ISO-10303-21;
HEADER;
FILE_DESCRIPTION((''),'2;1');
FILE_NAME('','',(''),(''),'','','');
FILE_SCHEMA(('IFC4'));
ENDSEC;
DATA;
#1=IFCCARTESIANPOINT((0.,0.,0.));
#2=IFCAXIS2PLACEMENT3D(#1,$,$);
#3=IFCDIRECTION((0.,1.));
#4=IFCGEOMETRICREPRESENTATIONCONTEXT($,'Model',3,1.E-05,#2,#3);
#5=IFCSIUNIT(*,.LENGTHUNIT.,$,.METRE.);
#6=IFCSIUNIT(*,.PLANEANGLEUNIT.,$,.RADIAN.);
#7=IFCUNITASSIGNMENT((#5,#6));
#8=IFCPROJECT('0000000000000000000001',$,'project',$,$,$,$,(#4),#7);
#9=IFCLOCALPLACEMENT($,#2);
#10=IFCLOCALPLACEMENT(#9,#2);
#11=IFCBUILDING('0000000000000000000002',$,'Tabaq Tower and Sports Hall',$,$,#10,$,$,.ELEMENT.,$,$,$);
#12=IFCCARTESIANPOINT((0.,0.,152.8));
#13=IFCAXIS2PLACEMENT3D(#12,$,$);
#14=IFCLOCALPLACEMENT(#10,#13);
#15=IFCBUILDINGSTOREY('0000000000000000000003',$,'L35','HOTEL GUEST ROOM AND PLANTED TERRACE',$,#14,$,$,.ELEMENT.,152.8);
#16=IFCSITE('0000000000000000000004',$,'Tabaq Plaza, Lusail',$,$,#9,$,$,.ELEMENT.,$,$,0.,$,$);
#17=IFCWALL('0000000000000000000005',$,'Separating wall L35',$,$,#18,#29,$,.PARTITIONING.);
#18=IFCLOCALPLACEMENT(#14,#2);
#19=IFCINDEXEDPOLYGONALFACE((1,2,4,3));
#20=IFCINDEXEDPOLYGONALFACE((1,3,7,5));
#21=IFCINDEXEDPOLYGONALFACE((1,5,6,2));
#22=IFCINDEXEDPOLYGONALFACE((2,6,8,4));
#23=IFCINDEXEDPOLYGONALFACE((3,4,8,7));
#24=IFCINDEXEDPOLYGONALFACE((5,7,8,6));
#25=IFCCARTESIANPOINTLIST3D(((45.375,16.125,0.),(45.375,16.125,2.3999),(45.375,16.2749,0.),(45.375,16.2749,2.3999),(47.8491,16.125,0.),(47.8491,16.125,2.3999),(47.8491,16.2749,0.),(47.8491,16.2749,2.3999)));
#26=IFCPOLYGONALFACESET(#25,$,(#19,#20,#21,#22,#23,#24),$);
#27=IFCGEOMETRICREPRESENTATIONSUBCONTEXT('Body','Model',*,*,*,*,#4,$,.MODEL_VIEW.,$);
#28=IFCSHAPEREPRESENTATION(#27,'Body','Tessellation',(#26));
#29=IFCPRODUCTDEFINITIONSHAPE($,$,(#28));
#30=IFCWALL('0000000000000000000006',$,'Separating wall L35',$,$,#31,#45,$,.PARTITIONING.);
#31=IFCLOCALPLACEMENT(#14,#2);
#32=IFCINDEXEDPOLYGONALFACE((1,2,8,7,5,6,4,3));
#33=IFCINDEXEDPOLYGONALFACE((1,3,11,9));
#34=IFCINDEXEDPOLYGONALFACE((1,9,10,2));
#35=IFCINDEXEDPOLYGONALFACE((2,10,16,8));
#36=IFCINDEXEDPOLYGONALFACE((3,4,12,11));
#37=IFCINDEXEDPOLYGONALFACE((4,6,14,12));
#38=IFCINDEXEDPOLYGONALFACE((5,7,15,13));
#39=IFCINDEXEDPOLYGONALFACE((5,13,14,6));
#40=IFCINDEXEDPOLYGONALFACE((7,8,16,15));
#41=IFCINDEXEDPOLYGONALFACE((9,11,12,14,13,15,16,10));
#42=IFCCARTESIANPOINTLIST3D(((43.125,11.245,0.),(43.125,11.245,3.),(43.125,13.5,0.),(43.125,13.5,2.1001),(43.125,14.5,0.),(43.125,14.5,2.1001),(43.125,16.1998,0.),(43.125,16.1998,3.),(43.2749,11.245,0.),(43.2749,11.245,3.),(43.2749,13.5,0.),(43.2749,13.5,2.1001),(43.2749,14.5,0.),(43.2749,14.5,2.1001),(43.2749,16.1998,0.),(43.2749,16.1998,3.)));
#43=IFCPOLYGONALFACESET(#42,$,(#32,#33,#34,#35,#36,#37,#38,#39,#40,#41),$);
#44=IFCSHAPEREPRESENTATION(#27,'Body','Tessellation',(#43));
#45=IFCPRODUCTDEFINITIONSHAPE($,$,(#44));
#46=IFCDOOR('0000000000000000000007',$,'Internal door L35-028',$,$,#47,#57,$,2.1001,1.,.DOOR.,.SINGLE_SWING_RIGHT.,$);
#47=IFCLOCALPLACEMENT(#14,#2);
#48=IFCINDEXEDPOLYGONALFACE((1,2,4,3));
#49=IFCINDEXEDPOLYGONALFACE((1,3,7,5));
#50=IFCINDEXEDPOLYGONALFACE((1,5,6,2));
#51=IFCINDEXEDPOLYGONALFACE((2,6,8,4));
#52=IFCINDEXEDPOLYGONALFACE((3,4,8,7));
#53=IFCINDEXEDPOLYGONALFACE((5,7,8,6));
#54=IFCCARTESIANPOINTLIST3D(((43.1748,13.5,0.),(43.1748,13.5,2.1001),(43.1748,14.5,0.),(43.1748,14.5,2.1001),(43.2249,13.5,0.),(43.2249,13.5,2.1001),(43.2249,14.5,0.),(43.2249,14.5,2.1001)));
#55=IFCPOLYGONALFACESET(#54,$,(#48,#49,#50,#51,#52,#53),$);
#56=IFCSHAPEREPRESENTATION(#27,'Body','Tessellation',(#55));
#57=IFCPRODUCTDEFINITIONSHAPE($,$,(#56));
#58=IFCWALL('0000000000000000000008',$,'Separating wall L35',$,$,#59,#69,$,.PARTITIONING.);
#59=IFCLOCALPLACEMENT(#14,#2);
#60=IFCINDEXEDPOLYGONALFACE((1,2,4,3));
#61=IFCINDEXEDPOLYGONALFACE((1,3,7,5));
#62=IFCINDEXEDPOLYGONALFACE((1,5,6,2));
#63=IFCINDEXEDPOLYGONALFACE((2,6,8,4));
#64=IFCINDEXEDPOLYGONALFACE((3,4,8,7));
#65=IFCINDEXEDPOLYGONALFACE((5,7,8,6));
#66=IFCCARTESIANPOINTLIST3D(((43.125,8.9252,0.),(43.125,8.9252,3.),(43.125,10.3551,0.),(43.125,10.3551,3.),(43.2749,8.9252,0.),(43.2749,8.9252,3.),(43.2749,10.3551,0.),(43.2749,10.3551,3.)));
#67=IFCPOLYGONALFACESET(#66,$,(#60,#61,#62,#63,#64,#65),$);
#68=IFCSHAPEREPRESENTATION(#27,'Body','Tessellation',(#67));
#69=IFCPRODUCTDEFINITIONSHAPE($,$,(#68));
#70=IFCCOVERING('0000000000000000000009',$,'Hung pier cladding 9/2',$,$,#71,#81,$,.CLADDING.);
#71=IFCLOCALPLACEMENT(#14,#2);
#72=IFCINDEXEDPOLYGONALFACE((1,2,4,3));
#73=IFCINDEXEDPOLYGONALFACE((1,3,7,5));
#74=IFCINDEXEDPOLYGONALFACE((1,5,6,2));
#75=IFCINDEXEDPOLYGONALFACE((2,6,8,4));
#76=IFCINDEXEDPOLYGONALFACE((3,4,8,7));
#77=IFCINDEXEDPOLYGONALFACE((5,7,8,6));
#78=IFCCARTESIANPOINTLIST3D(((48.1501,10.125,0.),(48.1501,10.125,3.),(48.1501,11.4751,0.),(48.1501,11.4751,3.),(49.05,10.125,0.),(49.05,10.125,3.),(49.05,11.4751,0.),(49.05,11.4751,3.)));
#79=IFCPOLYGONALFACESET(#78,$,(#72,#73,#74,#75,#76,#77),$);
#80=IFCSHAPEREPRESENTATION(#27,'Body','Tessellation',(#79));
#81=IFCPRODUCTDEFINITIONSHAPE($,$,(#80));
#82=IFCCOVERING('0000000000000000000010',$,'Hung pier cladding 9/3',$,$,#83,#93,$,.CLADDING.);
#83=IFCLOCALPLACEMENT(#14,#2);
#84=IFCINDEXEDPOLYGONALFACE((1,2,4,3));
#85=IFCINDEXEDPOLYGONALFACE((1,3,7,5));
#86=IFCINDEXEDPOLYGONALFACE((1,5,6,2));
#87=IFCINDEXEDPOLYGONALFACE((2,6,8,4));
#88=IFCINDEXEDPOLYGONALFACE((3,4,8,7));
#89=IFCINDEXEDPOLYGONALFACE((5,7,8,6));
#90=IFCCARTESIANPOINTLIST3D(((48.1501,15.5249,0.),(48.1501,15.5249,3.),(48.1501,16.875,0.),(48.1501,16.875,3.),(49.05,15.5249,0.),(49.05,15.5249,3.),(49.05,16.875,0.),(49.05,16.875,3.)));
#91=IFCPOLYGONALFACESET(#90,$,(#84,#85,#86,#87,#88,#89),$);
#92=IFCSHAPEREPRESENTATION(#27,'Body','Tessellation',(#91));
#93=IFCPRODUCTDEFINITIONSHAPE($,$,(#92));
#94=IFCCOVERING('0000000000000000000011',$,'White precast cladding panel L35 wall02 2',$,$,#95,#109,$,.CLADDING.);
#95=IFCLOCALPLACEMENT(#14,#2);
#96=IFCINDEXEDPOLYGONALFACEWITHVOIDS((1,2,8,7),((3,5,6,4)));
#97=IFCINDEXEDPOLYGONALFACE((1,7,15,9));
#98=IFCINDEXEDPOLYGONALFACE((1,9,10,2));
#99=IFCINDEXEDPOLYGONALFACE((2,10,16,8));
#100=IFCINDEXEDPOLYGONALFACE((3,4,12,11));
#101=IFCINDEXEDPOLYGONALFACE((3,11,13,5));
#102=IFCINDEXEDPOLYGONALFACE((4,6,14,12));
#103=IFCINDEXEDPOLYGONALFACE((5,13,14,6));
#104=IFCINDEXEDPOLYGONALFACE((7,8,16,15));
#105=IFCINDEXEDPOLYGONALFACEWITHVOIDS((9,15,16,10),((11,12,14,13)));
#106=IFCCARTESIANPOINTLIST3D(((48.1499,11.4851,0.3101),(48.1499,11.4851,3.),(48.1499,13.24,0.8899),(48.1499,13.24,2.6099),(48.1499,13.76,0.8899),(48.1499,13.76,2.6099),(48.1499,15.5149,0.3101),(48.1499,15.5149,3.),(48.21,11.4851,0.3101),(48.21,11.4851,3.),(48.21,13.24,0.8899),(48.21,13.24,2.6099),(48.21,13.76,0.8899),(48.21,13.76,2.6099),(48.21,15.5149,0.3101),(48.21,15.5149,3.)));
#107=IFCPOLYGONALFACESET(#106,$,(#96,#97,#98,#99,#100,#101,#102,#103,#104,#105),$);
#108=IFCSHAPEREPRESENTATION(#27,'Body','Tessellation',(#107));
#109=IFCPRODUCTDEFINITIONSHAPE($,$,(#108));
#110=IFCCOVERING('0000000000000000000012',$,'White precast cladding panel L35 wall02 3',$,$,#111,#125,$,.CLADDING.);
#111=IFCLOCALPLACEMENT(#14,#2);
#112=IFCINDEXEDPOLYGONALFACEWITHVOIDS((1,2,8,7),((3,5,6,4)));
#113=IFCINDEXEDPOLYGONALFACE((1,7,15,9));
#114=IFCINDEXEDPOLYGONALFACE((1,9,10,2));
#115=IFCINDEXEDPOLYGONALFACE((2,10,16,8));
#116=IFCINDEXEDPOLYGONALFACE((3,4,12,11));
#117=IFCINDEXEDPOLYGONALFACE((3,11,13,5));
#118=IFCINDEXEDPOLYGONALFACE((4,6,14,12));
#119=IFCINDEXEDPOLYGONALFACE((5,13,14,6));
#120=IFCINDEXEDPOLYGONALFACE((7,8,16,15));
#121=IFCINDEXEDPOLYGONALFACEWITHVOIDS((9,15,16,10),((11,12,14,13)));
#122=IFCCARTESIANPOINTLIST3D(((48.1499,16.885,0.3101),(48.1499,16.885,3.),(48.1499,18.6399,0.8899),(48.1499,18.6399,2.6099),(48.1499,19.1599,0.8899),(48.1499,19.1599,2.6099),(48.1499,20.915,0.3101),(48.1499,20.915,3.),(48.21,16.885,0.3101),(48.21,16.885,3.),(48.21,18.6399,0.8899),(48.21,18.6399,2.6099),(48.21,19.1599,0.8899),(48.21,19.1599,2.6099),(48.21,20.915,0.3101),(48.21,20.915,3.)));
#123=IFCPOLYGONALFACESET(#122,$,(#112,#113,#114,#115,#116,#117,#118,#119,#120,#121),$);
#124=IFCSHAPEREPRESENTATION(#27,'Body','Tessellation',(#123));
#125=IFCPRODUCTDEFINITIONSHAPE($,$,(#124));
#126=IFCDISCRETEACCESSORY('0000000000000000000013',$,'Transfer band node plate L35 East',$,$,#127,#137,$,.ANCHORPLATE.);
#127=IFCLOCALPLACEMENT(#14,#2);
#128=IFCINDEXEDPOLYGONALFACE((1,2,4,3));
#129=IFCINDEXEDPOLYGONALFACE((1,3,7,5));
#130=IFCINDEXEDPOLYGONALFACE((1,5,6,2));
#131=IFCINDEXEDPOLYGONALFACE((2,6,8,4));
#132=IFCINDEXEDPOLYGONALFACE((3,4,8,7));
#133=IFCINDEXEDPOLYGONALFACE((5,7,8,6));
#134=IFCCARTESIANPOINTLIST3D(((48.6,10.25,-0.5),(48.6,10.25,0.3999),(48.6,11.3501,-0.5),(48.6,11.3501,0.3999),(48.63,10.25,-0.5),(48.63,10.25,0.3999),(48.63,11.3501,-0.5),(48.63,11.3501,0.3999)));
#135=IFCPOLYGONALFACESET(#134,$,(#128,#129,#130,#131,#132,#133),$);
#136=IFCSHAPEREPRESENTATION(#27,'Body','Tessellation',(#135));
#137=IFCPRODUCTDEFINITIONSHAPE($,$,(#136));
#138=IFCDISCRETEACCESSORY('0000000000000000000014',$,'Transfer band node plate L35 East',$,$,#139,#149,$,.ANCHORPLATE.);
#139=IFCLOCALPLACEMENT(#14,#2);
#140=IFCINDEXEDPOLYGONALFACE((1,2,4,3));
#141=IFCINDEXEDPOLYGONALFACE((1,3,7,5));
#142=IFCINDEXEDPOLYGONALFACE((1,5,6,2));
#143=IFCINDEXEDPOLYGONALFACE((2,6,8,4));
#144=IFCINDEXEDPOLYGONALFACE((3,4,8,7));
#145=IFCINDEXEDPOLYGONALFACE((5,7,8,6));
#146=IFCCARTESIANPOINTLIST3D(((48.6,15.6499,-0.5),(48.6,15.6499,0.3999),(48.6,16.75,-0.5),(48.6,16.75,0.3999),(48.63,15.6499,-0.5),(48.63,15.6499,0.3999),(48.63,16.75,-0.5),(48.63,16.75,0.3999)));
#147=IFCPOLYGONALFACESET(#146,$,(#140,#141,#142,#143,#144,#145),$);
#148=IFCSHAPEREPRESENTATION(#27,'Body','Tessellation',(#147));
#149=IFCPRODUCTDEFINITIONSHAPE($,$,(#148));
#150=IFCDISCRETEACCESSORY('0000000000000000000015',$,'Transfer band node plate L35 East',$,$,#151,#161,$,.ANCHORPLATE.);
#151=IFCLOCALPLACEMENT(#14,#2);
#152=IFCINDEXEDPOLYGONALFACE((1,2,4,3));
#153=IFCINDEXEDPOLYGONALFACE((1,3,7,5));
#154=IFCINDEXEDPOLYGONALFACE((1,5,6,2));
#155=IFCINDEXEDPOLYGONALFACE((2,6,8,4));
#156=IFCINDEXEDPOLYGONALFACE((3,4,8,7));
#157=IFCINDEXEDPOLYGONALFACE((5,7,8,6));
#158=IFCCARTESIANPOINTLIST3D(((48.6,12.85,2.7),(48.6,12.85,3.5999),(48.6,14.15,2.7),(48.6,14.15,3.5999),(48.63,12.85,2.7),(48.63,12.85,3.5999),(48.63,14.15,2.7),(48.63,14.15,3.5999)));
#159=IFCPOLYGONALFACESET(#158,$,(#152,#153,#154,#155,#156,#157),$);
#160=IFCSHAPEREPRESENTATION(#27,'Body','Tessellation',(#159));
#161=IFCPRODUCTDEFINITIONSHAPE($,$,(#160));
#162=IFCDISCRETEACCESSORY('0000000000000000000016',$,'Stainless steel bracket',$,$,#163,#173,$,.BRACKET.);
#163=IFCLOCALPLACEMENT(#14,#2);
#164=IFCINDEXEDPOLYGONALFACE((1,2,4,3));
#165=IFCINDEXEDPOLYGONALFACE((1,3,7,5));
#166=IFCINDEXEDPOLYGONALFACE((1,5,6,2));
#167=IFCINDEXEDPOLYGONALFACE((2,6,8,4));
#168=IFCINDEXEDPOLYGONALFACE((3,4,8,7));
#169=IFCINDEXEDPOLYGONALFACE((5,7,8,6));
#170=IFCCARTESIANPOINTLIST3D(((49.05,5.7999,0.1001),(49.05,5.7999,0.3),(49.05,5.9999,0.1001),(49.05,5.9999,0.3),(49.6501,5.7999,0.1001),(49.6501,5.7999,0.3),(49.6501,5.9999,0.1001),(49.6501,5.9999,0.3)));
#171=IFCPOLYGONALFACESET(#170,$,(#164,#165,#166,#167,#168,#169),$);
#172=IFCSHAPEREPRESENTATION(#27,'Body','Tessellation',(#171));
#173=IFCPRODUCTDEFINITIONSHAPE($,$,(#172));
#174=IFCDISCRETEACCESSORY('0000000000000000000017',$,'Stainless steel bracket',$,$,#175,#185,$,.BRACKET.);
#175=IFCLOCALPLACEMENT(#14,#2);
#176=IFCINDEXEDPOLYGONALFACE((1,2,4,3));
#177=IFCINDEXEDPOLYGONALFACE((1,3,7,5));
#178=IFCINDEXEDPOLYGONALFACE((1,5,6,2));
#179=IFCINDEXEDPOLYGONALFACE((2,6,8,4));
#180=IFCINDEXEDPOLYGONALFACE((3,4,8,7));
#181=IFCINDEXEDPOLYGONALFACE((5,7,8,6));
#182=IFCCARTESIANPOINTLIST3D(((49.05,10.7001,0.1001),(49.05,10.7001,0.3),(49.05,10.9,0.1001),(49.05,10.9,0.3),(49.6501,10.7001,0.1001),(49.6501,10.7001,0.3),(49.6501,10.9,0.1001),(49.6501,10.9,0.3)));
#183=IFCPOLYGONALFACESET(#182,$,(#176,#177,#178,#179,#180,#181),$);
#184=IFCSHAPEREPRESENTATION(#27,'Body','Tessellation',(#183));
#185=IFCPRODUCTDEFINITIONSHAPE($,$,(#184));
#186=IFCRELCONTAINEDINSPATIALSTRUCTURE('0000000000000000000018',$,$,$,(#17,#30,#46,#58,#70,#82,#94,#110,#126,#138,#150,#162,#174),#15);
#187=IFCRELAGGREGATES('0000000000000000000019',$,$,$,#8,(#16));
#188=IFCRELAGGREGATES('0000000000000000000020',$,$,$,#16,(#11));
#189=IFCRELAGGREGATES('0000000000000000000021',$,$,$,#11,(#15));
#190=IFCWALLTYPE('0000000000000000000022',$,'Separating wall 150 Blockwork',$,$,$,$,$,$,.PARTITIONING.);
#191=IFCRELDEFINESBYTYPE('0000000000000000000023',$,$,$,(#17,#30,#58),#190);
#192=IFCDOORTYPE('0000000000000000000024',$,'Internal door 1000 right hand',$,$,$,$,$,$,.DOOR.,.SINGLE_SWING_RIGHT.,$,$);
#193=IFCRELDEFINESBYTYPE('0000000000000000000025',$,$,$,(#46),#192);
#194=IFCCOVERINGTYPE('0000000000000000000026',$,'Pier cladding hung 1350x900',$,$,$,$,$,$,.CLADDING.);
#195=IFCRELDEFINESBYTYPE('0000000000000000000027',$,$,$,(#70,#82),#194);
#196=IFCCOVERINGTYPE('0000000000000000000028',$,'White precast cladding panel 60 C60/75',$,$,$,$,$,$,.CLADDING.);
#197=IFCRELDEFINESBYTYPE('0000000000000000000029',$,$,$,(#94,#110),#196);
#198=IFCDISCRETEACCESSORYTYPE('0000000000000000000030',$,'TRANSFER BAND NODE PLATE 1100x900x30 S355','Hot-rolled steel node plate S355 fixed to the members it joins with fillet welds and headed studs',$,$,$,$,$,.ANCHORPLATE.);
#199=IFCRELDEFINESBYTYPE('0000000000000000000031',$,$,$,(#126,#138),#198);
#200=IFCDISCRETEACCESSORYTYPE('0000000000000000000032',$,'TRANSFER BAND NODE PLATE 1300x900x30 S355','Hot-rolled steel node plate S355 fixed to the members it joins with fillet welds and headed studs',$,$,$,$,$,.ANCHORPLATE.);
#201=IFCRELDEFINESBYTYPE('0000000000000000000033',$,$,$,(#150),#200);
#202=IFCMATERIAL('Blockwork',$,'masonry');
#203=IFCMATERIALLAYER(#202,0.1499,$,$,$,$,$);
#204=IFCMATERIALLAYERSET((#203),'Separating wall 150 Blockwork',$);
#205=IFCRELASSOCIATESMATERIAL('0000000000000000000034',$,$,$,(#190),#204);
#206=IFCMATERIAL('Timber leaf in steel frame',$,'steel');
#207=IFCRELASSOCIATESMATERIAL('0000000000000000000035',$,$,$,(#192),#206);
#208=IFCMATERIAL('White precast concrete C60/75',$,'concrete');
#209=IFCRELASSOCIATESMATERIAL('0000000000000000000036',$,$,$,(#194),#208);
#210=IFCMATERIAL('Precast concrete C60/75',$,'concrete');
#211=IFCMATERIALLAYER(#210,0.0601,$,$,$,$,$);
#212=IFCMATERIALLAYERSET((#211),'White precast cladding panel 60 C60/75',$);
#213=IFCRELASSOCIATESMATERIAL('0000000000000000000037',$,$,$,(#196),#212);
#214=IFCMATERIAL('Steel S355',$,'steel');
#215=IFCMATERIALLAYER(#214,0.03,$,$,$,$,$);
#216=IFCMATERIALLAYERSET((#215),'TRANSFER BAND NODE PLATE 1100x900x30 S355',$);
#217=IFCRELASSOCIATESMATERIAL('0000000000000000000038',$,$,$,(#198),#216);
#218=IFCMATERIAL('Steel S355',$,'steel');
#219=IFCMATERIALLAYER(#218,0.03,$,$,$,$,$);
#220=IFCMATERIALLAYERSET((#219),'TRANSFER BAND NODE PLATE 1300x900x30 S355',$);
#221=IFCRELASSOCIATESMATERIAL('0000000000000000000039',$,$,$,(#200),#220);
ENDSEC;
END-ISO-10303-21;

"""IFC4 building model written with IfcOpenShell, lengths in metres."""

from ifc_helpers import new_model, si_unit, direction, frame, frame_2d, origin, origin_2d, place, context, subcontext, project, spatial, polyline, rectangle, outline, extrude, material, layer, layer_set, type_object, element, fill, save


model = new_model("IFC4")

# Units and contexts
model_context = context("Model", 3, precision=1e-05, world=origin(), true_north=direction((0.0, 1.0)))
body_context = subcontext(model_context, "Body", "Model", "MODEL_VIEW")
ifc_project = project(units=[si_unit("LENGTHUNIT", "METRE"), si_unit("PLANEANGLEUNIT", "RADIAN")], contexts=[model_context])

# Site, building, storey
site_placement = place(None, origin())
site = spatial("IfcSite", under=ifc_project, at=site_placement, Name="Tabaq Plaza, Lusail", CompositionType="ELEMENT", RefElevation=0.0)
building_placement = place(site_placement, origin())
building = spatial("IfcBuilding", under=site, at=building_placement, Name="Tabaq Tower and Sports Hall", CompositionType="ELEMENT")
storey_placement = place(building_placement, frame((0.0, 0.0, 152.8)))
storey = spatial("IfcBuildingStorey", under=building, at=storey_placement, Name="L35", Description="HOTEL GUEST ROOM AND PLANTED TERRACE", CompositionType="ELEMENT", Elevation=152.8)

# Wall
ifc_material_1 = material(Name="Blockwork", Category="masonry")
ifc_layer_1 = layer(ifc_material_1, 0.1499)
ifc_layer_set_1 = layer_set([ifc_layer_1], Name="Separating wall 150 Blockwork")
wall_type_1 = type_object("IfcWallType", Name="Separating wall 150 Blockwork", PredefinedType="PARTITIONING", material=ifc_layer_set_1)
wall_1_placement = place(storey_placement, frame((47.8491, 16.2, 0.0), z_axis=(0.0, 0.0, 1.0), x_axis=(-1.0, 0.0, 0.0)))
element("IfcWall", 1, at=wall_1_placement, inside=storey, type_object=wall_type_1, Name="Separating wall L35", PredefinedType="PARTITIONING", context=body_context, shape_type="SweptSolid", body=[
    extrude(rectangle(XDim=2.4741, YDim=0.1499, at=frame_2d((1.2371, 0.0))), origin(), (0.0, 0.0, 1.0), 2.3999),
])

# Wall, opening, door
wall_2_placement = place(storey_placement, frame((43.2, 16.2, 0.0), z_axis=(0.0, 0.0, 1.0), x_axis=(0.0, -1.0, 0.0)))
wall_2 = element("IfcWall", 2, at=wall_2_placement, inside=storey, type_object=wall_type_1, Name="Separating wall L35", PredefinedType="PARTITIONING", context=body_context, shape_type="SweptSolid", body=[
    extrude(rectangle(XDim=4.9548, YDim=0.1499, at=frame_2d((2.4775, 0.0))), origin(), (0.0, 0.0, 1.0), 3.0),
])
opening_1_placement = place(wall_2_placement, frame((1.7, 0.0, 0.0)))
opening_1 = element("IfcOpeningElement", 3, at=opening_1_placement, cuts=wall_2, PredefinedType="OPENING", context=body_context, shape_type="SweptSolid", body=[
    extrude(rectangle(XDim=1.0, YDim=2.1001, at=frame_2d((0.5, 1.05))), frame((0.0, 0.075, 0.0), z_axis=(0.0, -1.0, 0.0), x_axis=(1.0, 0.0, 0.0)), (0.0, 0.0, 1.0), 0.1499),
])
ifc_material_2 = material(Name="Timber leaf in steel frame", Category="steel")
door_type_1 = type_object("IfcDoorType", Name="Internal door 1000 right hand", OperationType="SINGLE_SWING_RIGHT", PredefinedType="DOOR", material=ifc_material_2)
door_1_placement = place(opening_1_placement, origin())
door_1 = element("IfcDoor", 4, at=door_1_placement, inside=storey, type_object=door_type_1, Name="Internal door L35-028", OperationType="SINGLE_SWING_RIGHT", OverallHeight=2.1001, OverallWidth=1.0, PredefinedType="DOOR", context=body_context, shape_type="SweptSolid", body=[
    extrude(rectangle(XDim=1.0, YDim=2.1001, at=frame_2d((0.5, 1.05))), frame((0.0, 0.0249, 0.0), z_axis=(0.0, -1.0, 0.0), x_axis=(1.0, 0.0, 0.0)), (0.0, 0.0, 1.0), 0.05),
])
fill(opening_1, door_1)

# Wall
wall_3_placement = place(storey_placement, frame((43.2, 10.355, 0.0), z_axis=(0.0, 0.0, 1.0), x_axis=(0.0, -1.0, 0.0)))
element("IfcWall", 5, at=wall_3_placement, inside=storey, type_object=wall_type_1, Name="Separating wall L35", PredefinedType="PARTITIONING", context=body_context, shape_type="SweptSolid", body=[
    extrude(rectangle(XDim=1.4299, YDim=0.1499, at=frame_2d((0.7148, 0.0))), origin(), (0.0, 0.0, 1.0), 3.0),
])

# Coverings
ifc_material_3 = material(Name="White precast concrete C60/75", Category="concrete")
covering_type_1 = type_object("IfcCoveringType", Name="Pier cladding hung 1350x900", PredefinedType="CLADDING", material=ifc_material_3)
for number, where, z_axis, x_axis, name in (
    (6, (48.6001, 10.125, 0.0), (0.0, 0.0, 1.0), (0.0, 1.0, 0.0), "Hung pier cladding 9/2"),
    (7, (48.6001, 15.5249, 0.0), (0.0, 0.0, 1.0), (0.0, 1.0, 0.0), "Hung pier cladding 9/3"),
):
    element("IfcCovering", number, at=place(storey_placement, frame(where, z_axis=z_axis, x_axis=x_axis)), inside=storey, type_object=covering_type_1, Name=name, PredefinedType="CLADDING", context=body_context, shape_type="SweptSolid", body=[
        extrude(rectangle(XDim=1.3501, YDim=0.8999, at=frame_2d((0.675, 0.0))), origin(), (0.0, 0.0, 1.0), 3.0),
    ])
ifc_material_4 = material(Name="Precast concrete C60/75", Category="concrete")
ifc_layer_2 = layer(ifc_material_4, 0.0601)
ifc_layer_set_2 = layer_set([ifc_layer_2], Name="White precast cladding panel 60 C60/75")
covering_type_2 = type_object("IfcCoveringType", Name="White precast cladding panel 60 C60/75", PredefinedType="CLADDING", material=ifc_layer_set_2)
covering_1_placement = place(storey_placement, frame((48.1799, 11.4851, 0.3101), z_axis=(0.0, 0.0, 1.0), x_axis=(0.0, 1.0, 0.0)))
element("IfcCovering", 8, at=covering_1_placement, inside=storey, type_object=covering_type_2, Name="White precast cladding panel L35 wall02 2", PredefinedType="CLADDING", context=body_context, shape_type="SweptSolid", body=[
    extrude(outline(polyline([(0.0, 0.0), (4.0298, 0.0), (4.0298, 2.6899), (0.0, 2.6899), (0.0, 0.0)]), holes=[polyline([(1.7549, 0.5798), (1.7549, 2.2998), (2.2749, 2.2998), (2.2749, 0.5798), (1.7549, 0.5798)])]), frame((0.0, 0.03, 0.0), z_axis=(0.0, -1.0, 0.0), x_axis=(1.0, 0.0, 0.0)), (0.0, 0.0, 1.0), 0.0601),
])
covering_2_placement = place(storey_placement, frame((48.1799, 16.885, 0.3101), z_axis=(0.0, 0.0, 1.0), x_axis=(0.0, 1.0, 0.0)))
element("IfcCovering", 9, at=covering_2_placement, inside=storey, type_object=covering_type_2, Name="White precast cladding panel L35 wall02 3", PredefinedType="CLADDING", context=body_context, shape_type="SweptSolid", body=[
    extrude(outline(polyline([(0.0, 0.0), (4.03, 0.0), (4.03, 2.6899), (0.0, 2.6899), (0.0, 0.0)]), holes=[polyline([(1.7549, 0.5798), (1.7549, 2.2998), (2.2749, 2.2998), (2.2749, 0.5798), (1.7549, 0.5798)])]), frame((0.0, 0.03, 0.0), z_axis=(0.0, -1.0, 0.0), x_axis=(1.0, 0.0, 0.0)), (0.0, 0.0, 1.0), 0.0601),
])

# Discrete accessories
ifc_material_5 = material(Name="Steel S355", Category="steel")
ifc_layer_3 = layer(ifc_material_5, 0.03)
ifc_layer_set_3 = layer_set([ifc_layer_3], Name="TRANSFER BAND NODE PLATE 1100x900x30 S355")
discrete_accessory_type_1 = type_object("IfcDiscreteAccessoryType", Name="TRANSFER BAND NODE PLATE 1100x900x30 S355", Description="Hot-rolled steel node plate S355 fixed to the members it joins with fillet welds and headed studs", PredefinedType="ANCHORPLATE", material=ifc_layer_set_3)
for number, where, z_axis, x_axis, name in (
    (10, (48.615, 10.8, -0.5), (0.0, 0.0, 1.0), (0.0, 1.0, 0.0), "Transfer band node plate L35 East"),
    (11, (48.615, 16.2, -0.5), (0.0, 0.0, 1.0), (0.0, 1.0, 0.0), "Transfer band node plate L35 East"),
):
    element("IfcDiscreteAccessory", number, at=place(storey_placement, frame(where, z_axis=z_axis, x_axis=x_axis)), inside=storey, type_object=discrete_accessory_type_1, Name=name, PredefinedType="ANCHORPLATE", context=body_context, shape_type="SweptSolid", body=[
        extrude(rectangle(XDim=1.1001, YDim=0.03, at=origin_2d()), origin(), (0.0, 0.0, 1.0), 0.8999),
    ])
ifc_material_6 = material(Name="Steel S355", Category="steel")
ifc_layer_4 = layer(ifc_material_6, 0.03)
ifc_layer_set_4 = layer_set([ifc_layer_4], Name="TRANSFER BAND NODE PLATE 1300x900x30 S355")
discrete_accessory_type_2 = type_object("IfcDiscreteAccessoryType", Name="TRANSFER BAND NODE PLATE 1300x900x30 S355", Description="Hot-rolled steel node plate S355 fixed to the members it joins with fillet welds and headed studs", PredefinedType="ANCHORPLATE", material=ifc_layer_set_4)
discrete_accessory_placement = place(storey_placement, frame((48.615, 13.5, 2.7), z_axis=(0.0, 0.0, 1.0), x_axis=(0.0, 1.0, 0.0)))
element("IfcDiscreteAccessory", 12, at=discrete_accessory_placement, inside=storey, type_object=discrete_accessory_type_2, Name="Transfer band node plate L35 East", PredefinedType="ANCHORPLATE", context=body_context, shape_type="SweptSolid", body=[
    extrude(rectangle(XDim=1.3, YDim=0.03, at=origin_2d()), origin(), (0.0, 0.0, 1.0), 0.8999),
])
for number, where, z_axis, x_axis, name in (
    (13, (49.3501, 5.8999, 0.1001), (0.0, 0.0, 1.0), (1.0, 0.0, 0.0), "Stainless steel bracket"),
    (14, (49.3501, 10.8, 0.1001), (0.0, 0.0, 1.0), (1.0, 0.0, 0.0), "Stainless steel bracket"),
):
    element("IfcDiscreteAccessory", number, at=place(storey_placement, frame(where, z_axis=z_axis, x_axis=x_axis)), inside=storey, Name=name, PredefinedType="BRACKET", context=body_context, shape_type="SweptSolid", body=[
        extrude(rectangle(XDim=0.6001, YDim=0.2, at=origin_2d()), origin(), (0.0, 0.0, 1.0), 0.2),
    ])

save(model, "model.ifc")
